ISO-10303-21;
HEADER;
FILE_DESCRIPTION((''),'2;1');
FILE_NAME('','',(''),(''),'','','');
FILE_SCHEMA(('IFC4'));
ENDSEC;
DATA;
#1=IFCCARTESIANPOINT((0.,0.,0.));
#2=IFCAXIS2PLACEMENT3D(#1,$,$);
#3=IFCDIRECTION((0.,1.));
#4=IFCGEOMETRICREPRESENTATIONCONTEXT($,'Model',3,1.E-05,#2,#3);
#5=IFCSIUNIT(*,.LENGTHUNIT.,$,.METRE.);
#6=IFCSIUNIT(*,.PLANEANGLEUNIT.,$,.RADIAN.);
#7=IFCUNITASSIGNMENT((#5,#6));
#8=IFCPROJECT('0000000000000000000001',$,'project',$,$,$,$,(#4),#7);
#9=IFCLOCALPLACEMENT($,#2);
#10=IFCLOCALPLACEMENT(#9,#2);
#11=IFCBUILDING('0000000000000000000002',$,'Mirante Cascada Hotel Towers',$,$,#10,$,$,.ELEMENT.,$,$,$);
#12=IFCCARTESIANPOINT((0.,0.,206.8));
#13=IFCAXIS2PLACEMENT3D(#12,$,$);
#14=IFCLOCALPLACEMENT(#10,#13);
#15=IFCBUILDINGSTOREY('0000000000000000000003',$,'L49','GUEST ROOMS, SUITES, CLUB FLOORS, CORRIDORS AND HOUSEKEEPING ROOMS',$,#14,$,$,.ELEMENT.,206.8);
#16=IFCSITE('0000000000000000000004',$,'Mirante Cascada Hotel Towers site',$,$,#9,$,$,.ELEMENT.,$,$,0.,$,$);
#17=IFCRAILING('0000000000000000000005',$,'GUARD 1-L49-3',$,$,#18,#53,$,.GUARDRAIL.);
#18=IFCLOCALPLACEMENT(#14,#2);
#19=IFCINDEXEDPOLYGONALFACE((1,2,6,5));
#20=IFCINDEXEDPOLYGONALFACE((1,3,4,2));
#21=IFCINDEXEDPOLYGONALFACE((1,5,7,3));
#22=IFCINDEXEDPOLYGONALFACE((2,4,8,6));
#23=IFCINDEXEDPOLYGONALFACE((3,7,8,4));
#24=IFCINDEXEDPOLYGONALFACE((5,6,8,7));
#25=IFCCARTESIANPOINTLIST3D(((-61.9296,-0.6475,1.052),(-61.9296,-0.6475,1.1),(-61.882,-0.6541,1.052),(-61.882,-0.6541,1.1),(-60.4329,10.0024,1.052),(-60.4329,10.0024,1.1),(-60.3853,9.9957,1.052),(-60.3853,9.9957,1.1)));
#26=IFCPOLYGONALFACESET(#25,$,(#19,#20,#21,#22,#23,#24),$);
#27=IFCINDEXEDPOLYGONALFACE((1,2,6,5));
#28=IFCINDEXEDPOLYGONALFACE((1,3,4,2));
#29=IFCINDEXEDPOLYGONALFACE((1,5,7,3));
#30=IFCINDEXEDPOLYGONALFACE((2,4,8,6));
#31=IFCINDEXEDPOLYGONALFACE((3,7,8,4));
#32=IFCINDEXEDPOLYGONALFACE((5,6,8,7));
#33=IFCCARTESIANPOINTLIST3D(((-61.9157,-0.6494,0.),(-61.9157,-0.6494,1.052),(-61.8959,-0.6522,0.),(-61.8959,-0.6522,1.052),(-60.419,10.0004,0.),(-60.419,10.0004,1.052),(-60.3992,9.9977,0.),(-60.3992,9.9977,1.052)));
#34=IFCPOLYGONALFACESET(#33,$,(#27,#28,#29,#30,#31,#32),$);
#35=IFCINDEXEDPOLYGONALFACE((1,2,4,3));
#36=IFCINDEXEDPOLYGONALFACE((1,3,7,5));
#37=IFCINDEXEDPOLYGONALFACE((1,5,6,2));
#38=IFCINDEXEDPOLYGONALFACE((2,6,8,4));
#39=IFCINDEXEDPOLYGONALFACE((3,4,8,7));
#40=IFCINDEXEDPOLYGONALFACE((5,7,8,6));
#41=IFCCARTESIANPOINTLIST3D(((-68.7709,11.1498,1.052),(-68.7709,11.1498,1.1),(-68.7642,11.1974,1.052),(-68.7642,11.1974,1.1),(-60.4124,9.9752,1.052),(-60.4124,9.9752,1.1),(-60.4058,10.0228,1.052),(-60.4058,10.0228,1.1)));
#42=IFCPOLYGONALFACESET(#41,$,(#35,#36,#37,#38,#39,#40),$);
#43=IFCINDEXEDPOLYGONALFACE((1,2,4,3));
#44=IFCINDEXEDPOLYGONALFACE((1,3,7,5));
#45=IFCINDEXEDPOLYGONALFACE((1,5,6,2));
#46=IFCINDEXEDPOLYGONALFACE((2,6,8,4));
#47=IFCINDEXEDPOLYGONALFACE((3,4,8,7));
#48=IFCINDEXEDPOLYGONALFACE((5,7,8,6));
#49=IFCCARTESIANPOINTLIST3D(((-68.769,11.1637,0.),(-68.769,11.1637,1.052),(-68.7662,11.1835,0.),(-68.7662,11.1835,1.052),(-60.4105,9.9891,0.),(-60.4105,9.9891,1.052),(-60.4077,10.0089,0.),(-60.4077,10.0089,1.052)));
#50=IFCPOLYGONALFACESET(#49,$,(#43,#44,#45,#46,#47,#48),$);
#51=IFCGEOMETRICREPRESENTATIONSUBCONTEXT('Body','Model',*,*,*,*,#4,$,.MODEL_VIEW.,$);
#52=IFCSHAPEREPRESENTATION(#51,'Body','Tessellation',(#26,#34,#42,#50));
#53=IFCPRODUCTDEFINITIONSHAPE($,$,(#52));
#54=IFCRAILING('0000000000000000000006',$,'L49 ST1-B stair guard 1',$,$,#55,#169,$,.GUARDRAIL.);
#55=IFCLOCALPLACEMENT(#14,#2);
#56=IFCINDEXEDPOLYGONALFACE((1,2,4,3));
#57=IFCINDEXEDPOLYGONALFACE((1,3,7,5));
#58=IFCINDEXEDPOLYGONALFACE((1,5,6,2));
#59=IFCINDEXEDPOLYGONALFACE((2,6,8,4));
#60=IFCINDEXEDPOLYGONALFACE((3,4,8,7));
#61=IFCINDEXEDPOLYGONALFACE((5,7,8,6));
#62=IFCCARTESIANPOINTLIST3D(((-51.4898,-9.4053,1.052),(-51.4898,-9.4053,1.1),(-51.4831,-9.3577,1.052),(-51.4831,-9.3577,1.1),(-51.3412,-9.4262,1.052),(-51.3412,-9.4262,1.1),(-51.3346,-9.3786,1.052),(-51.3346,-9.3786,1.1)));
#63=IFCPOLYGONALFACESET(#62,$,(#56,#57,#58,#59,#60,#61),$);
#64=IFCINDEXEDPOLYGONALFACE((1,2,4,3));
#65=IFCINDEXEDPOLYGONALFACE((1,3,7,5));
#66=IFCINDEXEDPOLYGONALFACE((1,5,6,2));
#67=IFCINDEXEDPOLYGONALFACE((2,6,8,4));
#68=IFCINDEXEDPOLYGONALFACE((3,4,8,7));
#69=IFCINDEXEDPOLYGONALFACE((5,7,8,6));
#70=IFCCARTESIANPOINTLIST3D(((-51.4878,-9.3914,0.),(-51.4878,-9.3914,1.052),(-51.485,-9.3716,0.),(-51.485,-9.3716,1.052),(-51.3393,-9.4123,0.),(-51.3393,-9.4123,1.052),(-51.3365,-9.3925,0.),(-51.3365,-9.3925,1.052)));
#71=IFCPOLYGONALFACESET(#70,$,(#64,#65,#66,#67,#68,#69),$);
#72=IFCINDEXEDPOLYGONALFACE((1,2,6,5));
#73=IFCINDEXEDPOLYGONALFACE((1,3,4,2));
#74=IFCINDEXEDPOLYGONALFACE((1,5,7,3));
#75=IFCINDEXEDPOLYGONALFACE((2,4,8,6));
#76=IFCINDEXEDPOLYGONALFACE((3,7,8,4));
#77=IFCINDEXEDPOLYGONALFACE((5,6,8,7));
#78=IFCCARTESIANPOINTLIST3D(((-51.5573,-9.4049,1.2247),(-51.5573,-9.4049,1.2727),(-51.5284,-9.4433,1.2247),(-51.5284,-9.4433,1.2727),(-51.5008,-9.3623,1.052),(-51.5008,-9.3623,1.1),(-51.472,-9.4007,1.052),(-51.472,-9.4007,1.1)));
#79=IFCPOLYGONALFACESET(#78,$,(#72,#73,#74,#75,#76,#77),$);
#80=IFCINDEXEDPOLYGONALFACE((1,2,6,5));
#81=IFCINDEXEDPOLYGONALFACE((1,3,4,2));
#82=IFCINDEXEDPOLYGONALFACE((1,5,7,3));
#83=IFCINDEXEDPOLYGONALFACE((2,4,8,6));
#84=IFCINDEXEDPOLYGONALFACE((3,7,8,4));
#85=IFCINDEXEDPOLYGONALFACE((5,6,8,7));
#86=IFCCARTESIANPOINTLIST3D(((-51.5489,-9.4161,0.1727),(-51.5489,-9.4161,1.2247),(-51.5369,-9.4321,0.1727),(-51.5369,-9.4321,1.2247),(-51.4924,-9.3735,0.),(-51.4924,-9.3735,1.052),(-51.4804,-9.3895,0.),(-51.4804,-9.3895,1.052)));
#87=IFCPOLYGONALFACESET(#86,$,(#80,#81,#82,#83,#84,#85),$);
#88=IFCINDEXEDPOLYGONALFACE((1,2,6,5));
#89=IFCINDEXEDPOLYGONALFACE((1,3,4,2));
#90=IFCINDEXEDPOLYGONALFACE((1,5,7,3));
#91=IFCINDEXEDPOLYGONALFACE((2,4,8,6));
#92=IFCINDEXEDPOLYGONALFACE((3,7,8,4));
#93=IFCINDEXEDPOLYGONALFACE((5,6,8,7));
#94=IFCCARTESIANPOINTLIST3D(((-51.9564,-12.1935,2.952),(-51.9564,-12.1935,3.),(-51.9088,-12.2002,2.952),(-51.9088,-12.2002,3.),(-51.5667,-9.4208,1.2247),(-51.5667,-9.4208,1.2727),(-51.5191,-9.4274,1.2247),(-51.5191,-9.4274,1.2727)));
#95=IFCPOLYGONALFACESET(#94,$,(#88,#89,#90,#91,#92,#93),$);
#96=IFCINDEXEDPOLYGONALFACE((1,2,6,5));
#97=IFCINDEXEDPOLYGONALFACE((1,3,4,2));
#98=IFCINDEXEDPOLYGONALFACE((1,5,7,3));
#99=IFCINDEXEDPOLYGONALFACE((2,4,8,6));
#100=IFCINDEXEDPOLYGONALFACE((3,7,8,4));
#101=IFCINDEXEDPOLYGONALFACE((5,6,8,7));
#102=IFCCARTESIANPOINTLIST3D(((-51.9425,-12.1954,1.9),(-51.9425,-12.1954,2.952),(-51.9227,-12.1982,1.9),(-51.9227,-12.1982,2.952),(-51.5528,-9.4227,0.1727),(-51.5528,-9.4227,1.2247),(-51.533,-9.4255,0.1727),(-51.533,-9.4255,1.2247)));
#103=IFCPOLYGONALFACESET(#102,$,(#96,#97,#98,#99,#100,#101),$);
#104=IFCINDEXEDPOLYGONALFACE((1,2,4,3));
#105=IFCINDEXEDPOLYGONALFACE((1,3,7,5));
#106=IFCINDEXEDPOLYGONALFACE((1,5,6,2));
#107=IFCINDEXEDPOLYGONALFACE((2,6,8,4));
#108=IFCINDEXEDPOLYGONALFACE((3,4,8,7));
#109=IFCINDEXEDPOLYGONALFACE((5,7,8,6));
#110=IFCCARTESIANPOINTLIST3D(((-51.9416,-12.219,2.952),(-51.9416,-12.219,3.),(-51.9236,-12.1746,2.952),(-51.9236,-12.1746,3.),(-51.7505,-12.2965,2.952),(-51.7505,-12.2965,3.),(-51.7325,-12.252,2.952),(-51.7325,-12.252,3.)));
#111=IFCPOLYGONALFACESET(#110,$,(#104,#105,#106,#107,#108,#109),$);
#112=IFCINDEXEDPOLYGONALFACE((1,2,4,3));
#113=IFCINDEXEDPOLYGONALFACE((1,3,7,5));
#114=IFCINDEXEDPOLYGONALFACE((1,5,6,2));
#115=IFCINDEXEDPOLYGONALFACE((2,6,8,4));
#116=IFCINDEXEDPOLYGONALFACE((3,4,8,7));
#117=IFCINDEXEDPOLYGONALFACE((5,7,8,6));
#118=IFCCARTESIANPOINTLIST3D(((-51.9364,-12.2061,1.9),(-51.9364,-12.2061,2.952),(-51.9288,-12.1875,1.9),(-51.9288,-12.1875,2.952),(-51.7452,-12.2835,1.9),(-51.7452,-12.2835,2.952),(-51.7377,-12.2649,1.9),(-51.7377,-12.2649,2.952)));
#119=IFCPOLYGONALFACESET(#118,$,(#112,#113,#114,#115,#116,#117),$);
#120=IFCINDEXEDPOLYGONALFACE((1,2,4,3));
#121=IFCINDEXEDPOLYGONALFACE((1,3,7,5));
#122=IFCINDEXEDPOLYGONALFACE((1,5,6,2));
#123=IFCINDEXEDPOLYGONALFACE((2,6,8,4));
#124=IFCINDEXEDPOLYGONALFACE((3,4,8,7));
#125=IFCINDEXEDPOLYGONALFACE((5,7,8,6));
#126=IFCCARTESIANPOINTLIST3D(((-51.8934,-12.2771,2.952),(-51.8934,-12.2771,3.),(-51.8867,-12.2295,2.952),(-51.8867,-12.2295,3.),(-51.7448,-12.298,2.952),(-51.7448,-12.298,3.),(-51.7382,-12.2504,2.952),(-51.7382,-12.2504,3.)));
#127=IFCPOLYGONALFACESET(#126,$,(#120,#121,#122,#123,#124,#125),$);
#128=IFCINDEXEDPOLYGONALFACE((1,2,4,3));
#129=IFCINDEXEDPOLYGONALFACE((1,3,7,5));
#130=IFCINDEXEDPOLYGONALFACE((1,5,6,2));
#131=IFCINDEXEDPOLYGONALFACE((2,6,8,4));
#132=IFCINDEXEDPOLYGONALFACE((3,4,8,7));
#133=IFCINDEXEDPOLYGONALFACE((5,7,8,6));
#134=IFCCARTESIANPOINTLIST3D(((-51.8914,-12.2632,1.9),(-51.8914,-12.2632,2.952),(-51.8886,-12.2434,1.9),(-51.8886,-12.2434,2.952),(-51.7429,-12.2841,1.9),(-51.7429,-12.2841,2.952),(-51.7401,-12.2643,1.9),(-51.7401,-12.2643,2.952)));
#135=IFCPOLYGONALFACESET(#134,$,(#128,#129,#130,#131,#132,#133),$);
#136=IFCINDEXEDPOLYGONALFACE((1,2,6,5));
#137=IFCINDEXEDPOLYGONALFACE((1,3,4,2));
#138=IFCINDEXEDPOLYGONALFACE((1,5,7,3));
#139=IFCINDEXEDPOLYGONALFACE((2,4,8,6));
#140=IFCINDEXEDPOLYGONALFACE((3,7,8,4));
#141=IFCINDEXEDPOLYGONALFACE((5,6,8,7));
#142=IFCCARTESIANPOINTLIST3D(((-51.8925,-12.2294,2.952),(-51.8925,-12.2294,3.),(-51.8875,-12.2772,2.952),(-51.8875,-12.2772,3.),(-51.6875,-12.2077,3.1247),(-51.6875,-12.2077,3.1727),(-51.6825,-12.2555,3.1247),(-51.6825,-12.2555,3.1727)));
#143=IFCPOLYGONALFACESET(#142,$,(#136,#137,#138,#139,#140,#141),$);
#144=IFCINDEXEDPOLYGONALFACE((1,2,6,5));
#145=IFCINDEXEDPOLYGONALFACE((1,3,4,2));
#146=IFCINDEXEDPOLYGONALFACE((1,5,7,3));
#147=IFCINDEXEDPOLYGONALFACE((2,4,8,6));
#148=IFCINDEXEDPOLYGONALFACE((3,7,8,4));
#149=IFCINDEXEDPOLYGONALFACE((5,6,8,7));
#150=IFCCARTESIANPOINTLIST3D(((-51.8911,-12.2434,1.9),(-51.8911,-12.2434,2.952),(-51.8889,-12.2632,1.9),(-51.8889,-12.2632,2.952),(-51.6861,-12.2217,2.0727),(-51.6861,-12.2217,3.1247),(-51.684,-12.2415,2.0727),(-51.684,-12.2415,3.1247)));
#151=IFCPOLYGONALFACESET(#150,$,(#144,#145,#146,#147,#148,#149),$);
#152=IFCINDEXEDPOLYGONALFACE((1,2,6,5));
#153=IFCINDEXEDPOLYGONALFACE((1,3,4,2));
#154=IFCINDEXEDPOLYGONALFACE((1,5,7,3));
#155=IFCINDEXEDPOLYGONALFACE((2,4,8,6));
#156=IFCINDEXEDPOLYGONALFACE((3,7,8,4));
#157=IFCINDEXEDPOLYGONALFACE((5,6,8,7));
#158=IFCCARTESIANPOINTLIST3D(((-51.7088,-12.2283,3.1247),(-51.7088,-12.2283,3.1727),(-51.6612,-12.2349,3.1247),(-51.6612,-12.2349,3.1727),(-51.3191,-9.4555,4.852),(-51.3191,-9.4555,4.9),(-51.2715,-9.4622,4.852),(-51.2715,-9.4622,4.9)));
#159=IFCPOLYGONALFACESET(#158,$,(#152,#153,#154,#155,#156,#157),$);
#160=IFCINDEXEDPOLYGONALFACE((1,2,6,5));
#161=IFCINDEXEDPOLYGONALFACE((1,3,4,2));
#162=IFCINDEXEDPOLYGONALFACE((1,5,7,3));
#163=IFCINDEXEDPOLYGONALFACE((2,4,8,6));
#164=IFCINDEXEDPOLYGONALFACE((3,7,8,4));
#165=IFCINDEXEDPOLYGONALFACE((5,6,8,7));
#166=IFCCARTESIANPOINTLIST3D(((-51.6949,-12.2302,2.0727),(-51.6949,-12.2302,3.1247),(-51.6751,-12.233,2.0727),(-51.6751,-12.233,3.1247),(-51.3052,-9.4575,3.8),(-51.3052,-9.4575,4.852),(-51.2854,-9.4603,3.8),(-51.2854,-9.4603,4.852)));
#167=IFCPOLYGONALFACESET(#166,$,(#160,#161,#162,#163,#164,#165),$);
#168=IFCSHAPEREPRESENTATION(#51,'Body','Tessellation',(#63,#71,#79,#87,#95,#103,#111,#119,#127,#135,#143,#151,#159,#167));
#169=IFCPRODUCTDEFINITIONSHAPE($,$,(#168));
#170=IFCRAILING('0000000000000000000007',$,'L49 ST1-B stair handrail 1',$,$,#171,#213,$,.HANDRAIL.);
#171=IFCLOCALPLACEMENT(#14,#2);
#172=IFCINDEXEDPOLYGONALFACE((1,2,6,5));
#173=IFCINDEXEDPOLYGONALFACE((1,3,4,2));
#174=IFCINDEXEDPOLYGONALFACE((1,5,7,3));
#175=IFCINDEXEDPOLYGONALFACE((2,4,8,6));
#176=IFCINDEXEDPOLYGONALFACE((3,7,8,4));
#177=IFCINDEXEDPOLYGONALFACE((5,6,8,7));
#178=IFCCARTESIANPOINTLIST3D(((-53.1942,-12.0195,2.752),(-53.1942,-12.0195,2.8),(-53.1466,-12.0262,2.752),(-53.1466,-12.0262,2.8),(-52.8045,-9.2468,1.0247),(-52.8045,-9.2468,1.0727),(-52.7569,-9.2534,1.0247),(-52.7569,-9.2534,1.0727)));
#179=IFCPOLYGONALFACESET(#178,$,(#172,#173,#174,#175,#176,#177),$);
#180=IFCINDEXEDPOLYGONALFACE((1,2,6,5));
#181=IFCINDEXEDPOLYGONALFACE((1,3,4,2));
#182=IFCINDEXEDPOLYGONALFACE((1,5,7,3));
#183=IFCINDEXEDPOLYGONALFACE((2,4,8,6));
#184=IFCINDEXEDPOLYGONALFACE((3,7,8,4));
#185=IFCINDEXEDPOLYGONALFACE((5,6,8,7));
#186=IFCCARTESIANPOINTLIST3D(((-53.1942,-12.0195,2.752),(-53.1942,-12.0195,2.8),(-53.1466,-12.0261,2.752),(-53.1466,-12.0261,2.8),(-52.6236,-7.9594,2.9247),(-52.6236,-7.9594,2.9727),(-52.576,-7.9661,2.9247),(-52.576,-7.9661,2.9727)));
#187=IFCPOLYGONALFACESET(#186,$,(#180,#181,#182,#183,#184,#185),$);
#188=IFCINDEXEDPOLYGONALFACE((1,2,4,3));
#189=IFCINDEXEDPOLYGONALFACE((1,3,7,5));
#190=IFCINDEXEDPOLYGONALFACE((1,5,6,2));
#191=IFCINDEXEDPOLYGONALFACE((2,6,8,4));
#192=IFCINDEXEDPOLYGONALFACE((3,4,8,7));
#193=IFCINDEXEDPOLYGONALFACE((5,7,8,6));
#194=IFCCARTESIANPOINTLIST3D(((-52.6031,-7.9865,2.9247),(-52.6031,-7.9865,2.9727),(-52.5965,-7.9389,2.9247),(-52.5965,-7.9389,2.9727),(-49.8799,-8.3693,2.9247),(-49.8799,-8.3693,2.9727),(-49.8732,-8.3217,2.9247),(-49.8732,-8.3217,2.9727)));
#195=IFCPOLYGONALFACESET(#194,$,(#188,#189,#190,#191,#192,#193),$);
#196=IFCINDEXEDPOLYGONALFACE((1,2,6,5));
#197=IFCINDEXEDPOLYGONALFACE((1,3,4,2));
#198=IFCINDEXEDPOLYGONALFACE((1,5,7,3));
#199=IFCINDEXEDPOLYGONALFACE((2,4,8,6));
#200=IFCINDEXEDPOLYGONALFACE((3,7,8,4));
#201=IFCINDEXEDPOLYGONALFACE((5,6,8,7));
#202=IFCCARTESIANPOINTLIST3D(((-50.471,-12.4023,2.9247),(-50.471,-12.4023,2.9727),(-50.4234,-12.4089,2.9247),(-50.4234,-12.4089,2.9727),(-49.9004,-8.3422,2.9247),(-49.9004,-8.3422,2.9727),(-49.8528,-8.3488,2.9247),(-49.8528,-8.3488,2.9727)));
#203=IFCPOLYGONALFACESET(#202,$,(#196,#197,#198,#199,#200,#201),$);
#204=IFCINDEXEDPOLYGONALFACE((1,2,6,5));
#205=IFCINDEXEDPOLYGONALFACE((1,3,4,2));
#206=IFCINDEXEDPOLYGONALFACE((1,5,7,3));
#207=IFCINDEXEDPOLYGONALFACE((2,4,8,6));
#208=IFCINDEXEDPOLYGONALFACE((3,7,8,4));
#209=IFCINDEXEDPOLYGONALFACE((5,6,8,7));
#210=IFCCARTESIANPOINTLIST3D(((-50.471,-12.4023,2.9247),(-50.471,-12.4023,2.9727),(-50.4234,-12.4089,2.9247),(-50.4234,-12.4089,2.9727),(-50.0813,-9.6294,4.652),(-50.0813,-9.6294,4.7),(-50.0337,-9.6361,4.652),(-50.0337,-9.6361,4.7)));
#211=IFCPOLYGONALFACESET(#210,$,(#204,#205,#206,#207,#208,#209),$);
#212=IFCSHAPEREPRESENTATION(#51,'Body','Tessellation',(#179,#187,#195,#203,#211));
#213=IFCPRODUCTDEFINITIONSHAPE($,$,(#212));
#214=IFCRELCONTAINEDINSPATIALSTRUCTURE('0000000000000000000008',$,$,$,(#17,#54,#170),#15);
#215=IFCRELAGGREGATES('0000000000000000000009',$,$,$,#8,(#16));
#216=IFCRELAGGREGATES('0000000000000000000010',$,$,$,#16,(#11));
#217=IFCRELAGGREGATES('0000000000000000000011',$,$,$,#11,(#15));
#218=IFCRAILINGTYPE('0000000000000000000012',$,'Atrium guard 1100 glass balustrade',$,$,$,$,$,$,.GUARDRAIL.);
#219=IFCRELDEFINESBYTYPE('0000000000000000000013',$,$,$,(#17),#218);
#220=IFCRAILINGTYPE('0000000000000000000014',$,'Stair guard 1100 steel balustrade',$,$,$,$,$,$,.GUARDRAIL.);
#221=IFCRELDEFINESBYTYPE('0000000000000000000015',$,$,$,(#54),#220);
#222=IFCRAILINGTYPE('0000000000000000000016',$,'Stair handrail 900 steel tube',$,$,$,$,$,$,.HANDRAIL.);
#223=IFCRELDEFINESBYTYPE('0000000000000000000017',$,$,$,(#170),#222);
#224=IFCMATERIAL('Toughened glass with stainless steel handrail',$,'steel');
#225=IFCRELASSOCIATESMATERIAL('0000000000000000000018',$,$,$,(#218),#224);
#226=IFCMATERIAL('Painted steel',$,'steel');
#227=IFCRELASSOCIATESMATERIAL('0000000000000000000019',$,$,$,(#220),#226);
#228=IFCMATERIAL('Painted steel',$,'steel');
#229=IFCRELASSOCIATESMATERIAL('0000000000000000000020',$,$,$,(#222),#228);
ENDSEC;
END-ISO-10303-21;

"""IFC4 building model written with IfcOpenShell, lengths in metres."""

from ifc_helpers import new_model, si_unit, direction, frame, origin, origin_2d, place, context, subcontext, project, spatial, rectangle, extrude, material, type_object, element, save


model = new_model("IFC4")

# Units and contexts
model_context = context("Model", 3, precision=1e-05, world=origin(), true_north=direction((0.0, 1.0)))
body_context = subcontext(model_context, "Body", "Model", "MODEL_VIEW")
ifc_project = project(units=[si_unit("LENGTHUNIT", "METRE"), si_unit("PLANEANGLEUNIT", "RADIAN")], contexts=[model_context])

# Site, building, storey
site_placement = place(None, origin())
site = spatial("IfcSite", under=ifc_project, at=site_placement, Name="Mirante Cascada Hotel Towers site", CompositionType="ELEMENT", RefElevation=0.0)
building_placement = place(site_placement, origin())
building = spatial("IfcBuilding", under=site, at=building_placement, Name="Mirante Cascada Hotel Towers", CompositionType="ELEMENT")
storey_placement = place(building_placement, frame((0.0, 0.0, 206.8)))
storey = spatial("IfcBuildingStorey", under=building, at=storey_placement, Name="L49", Description="GUEST ROOMS, SUITES, CLUB FLOORS, CORRIDORS AND HOUSEKEEPING ROOMS", CompositionType="ELEMENT", Elevation=206.8)

# Railings
ifc_material_1 = material(Name="Toughened glass with stainless steel handrail", Category="steel")
railing_type_1 = type_object("IfcRailingType", Name="Atrium guard 1100 glass balustrade", PredefinedType="GUARDRAIL", material=ifc_material_1)
railing_1_placement = place(storey_placement, frame((-61.9058, -0.6508, 0.0)))
element("IfcRailing", 1, at=railing_1_placement, inside=storey, type_object=railing_type_1, Name="GUARD 1-L49-3", PredefinedType="GUARDRAIL", context=body_context, shape_type="SweptSolid", body=[
    extrude(rectangle(XDim=0.048, YDim=0.048, at=origin_2d()), frame((0.0, 0.0, 1.076), z_axis=(0.13917, 0.990268, 0.0), x_axis=(-0.990268, 0.13917, 0.0)), (0.0, 0.0, 1.0), 10.7545),
    extrude(rectangle(XDim=0.02, YDim=1.052, at=origin_2d()), frame((0.0, 0.0, 0.526), z_axis=(0.13917, 0.990268, 0.0), x_axis=(-0.990268, 0.13917, 0.0)), (0.0, 0.0, 1.0), 10.7545),
    extrude(rectangle(XDim=0.048, YDim=0.048, at=origin_2d()), frame((1.4967, 10.6498, 1.076), z_axis=(-0.99027, 0.13916, 0.0), x_axis=(-0.13916, -0.99027, 0.0)), (0.0, 0.0, 1.0), 8.4406),
    extrude(rectangle(XDim=0.02, YDim=1.052, at=origin_2d()), frame((1.4967, 10.6498, 0.526), z_axis=(-0.99027, 0.13916, 0.0), x_axis=(-0.13916, -0.99027, 0.0)), (0.0, 0.0, 1.0), 8.4406),
])
ifc_material_2 = material(Name="Painted steel", Category="steel")
railing_type_2 = type_object("IfcRailingType", Name="Stair guard 1100 steel balustrade", PredefinedType="GUARDRAIL", material=ifc_material_2)
railing_2_placement = place(storey_placement, frame((-51.3379, -9.4024, 0.0)))
element("IfcRailing", 2, at=railing_2_placement, inside=storey, type_object=railing_type_2, Name="L49 ST1-B stair guard 1", PredefinedType="GUARDRAIL", context=body_context, shape_type="SweptSolid", body=[
    extrude(rectangle(XDim=0.048, YDim=0.048, at=origin_2d()), frame((0.0, 0.0, 1.076), z_axis=(-0.990241, 0.139367, 0.0), x_axis=(-0.139367, -0.990241, 0.0)), (0.0, 0.0, 1.0), 0.15),
    extrude(rectangle(XDim=0.02, YDim=1.052, at=origin_2d()), frame((0.0, 0.0, 0.526), z_axis=(-0.990241, 0.139367, 0.0), x_axis=(-0.139367, -0.990241, 0.0)), (0.0, 0.0, 1.0), 0.15),
    extrude(rectangle(XDim=0.048, YDim=0.048, at=origin_2d()), frame((-0.1485, 0.0209, 1.076), z_axis=(-0.798471, -0.602033, 0.0), x_axis=(0.602033, -0.798471, 0.0)), (0.0, 0.92534, 0.379139), 0.1866),
    extrude(rectangle(XDim=0.02, YDim=1.052, at=origin_2d()), frame((-0.1485, 0.0209, 0.526), z_axis=(-0.798471, -0.602033, 0.0), x_axis=(0.602033, -0.798471, 0.0)), (0.0, 0.92534, 0.379139), 0.1866),
    extrude(rectangle(XDim=0.048, YDim=0.048, at=origin_2d()), frame((-0.205, -0.0217, 1.2487), z_axis=(-0.139181, -0.990267, 0.0), x_axis=(0.990267, -0.139181, 0.0)), (0.0, 0.525035, 0.851081), 3.2899),
    extrude(rectangle(XDim=0.02, YDim=1.052, at=origin_2d()), frame((-0.205, -0.0217, 0.6987), z_axis=(-0.139181, -0.990267, 0.0), x_axis=(0.990267, -0.139181, 0.0)), (0.0, 0.525035, 0.851081), 3.2899),
    extrude(rectangle(XDim=0.048, YDim=0.048, at=origin_2d()), frame((-0.5947, -2.7944, 2.976), z_axis=(0.926862, -0.375401, 0.0), x_axis=(0.375401, 0.926862, 0.0)), (0.0, 0.0, 1.0), 0.2062),
    extrude(rectangle(XDim=0.02, YDim=1.052, at=origin_2d()), frame((-0.5947, -2.7944, 2.426), z_axis=(0.926862, -0.375401, 0.0), x_axis=(0.375401, 0.926862, 0.0)), (0.0, 0.0, 1.0), 0.2062),
    extrude(rectangle(XDim=0.048, YDim=0.048, at=origin_2d()), frame((-0.4036, -2.8718, 2.976), z_axis=(-0.990241, 0.139367, 0.0), x_axis=(-0.139367, -0.990241, 0.0)), (0.0, 0.0, 1.0), 0.15),
    extrude(rectangle(XDim=0.02, YDim=1.052, at=origin_2d()), frame((-0.4036, -2.8718, 2.426), z_axis=(-0.990241, 0.139367, 0.0), x_axis=(-0.139367, -0.990241, 0.0)), (0.0, 0.0, 1.0), 0.15),
    extrude(rectangle(XDim=0.048, YDim=0.048, at=origin_2d()), frame((-0.5521, -2.8509, 2.976), z_axis=(0.994444, 0.105266, 0.0), x_axis=(-0.105266, 0.994444, 0.0)), (0.0, 0.642184, 0.76655), 0.2689),
    extrude(rectangle(XDim=0.02, YDim=1.052, at=origin_2d()), frame((-0.5521, -2.8509, 2.426), z_axis=(0.994444, 0.105266, 0.0), x_axis=(-0.105266, 0.994444, 0.0)), (0.0, 0.642184, 0.76655), 0.2689),
    extrude(rectangle(XDim=0.048, YDim=0.048, at=origin_2d()), frame((-0.3471, -2.8292, 3.1487), z_axis=(0.139181, 0.990267, 0.0), x_axis=(-0.990267, 0.139181, 0.0)), (0.0, 0.525035, 0.851081), 3.2899),
    extrude(rectangle(XDim=0.02, YDim=1.052, at=origin_2d()), frame((-0.3471, -2.8292, 2.5987), z_axis=(0.139181, 0.990267, 0.0), x_axis=(-0.990267, 0.139181, 0.0)), (0.0, 0.525035, 0.851081), 3.2899),
])
ifc_material_3 = material(Name="Painted steel", Category="steel")
railing_type_3 = type_object("IfcRailingType", Name="Stair handrail 900 steel tube", PredefinedType="HANDRAIL", material=ifc_material_3)
railing_3_placement = place(storey_placement, frame((-52.7807, -9.2501, 0.1727)))
element("IfcRailing", 3, at=railing_3_placement, inside=storey, type_object=railing_type_3, Name="L49 ST1-B stair handrail 1", PredefinedType="HANDRAIL", context=body_context, shape_type="SweptSolid", body=[
    extrude(rectangle(XDim=0.048, YDim=0.048, at=origin_2d()), frame((0.0, 0.0, 0.876), z_axis=(-0.139181, -0.990267, 0.0), x_axis=(0.990267, -0.139181, 0.0)), (0.0, 0.525035, 0.851081), 3.2899),
    extrude(rectangle(XDim=0.048, YDim=0.048, at=origin_2d()), frame((-0.3897, -2.7727, 2.6033), z_axis=(0.139171, 0.990268, 0.0), x_axis=(-0.990268, 0.139171, 0.0)), (0.0, 0.042085, 0.999114), 4.1036),
    extrude(rectangle(XDim=0.048, YDim=0.048, at=origin_2d()), frame((0.1809, 1.2874, 2.776), z_axis=(0.990264, -0.139201, 0.0), x_axis=(0.139201, 0.990264, 0.0)), (0.0, 0.0, 1.0), 2.75),
    extrude(rectangle(XDim=0.048, YDim=0.048, at=origin_2d()), frame((2.9041, 0.9046, 2.776), z_axis=(-0.139171, -0.990268, 0.0), x_axis=(0.990268, -0.139171, 0.0)), (0.0, 0.0, 1.0), 4.1),
    extrude(rectangle(XDim=0.048, YDim=0.048, at=origin_2d()), frame((2.3335, -3.1555, 2.776), z_axis=(0.139176, 0.990268, 0.0), x_axis=(-0.990268, 0.139176, 0.0)), (0.0, 0.525021, 0.851089), 3.29),
])

save(model, "model.ifc")
